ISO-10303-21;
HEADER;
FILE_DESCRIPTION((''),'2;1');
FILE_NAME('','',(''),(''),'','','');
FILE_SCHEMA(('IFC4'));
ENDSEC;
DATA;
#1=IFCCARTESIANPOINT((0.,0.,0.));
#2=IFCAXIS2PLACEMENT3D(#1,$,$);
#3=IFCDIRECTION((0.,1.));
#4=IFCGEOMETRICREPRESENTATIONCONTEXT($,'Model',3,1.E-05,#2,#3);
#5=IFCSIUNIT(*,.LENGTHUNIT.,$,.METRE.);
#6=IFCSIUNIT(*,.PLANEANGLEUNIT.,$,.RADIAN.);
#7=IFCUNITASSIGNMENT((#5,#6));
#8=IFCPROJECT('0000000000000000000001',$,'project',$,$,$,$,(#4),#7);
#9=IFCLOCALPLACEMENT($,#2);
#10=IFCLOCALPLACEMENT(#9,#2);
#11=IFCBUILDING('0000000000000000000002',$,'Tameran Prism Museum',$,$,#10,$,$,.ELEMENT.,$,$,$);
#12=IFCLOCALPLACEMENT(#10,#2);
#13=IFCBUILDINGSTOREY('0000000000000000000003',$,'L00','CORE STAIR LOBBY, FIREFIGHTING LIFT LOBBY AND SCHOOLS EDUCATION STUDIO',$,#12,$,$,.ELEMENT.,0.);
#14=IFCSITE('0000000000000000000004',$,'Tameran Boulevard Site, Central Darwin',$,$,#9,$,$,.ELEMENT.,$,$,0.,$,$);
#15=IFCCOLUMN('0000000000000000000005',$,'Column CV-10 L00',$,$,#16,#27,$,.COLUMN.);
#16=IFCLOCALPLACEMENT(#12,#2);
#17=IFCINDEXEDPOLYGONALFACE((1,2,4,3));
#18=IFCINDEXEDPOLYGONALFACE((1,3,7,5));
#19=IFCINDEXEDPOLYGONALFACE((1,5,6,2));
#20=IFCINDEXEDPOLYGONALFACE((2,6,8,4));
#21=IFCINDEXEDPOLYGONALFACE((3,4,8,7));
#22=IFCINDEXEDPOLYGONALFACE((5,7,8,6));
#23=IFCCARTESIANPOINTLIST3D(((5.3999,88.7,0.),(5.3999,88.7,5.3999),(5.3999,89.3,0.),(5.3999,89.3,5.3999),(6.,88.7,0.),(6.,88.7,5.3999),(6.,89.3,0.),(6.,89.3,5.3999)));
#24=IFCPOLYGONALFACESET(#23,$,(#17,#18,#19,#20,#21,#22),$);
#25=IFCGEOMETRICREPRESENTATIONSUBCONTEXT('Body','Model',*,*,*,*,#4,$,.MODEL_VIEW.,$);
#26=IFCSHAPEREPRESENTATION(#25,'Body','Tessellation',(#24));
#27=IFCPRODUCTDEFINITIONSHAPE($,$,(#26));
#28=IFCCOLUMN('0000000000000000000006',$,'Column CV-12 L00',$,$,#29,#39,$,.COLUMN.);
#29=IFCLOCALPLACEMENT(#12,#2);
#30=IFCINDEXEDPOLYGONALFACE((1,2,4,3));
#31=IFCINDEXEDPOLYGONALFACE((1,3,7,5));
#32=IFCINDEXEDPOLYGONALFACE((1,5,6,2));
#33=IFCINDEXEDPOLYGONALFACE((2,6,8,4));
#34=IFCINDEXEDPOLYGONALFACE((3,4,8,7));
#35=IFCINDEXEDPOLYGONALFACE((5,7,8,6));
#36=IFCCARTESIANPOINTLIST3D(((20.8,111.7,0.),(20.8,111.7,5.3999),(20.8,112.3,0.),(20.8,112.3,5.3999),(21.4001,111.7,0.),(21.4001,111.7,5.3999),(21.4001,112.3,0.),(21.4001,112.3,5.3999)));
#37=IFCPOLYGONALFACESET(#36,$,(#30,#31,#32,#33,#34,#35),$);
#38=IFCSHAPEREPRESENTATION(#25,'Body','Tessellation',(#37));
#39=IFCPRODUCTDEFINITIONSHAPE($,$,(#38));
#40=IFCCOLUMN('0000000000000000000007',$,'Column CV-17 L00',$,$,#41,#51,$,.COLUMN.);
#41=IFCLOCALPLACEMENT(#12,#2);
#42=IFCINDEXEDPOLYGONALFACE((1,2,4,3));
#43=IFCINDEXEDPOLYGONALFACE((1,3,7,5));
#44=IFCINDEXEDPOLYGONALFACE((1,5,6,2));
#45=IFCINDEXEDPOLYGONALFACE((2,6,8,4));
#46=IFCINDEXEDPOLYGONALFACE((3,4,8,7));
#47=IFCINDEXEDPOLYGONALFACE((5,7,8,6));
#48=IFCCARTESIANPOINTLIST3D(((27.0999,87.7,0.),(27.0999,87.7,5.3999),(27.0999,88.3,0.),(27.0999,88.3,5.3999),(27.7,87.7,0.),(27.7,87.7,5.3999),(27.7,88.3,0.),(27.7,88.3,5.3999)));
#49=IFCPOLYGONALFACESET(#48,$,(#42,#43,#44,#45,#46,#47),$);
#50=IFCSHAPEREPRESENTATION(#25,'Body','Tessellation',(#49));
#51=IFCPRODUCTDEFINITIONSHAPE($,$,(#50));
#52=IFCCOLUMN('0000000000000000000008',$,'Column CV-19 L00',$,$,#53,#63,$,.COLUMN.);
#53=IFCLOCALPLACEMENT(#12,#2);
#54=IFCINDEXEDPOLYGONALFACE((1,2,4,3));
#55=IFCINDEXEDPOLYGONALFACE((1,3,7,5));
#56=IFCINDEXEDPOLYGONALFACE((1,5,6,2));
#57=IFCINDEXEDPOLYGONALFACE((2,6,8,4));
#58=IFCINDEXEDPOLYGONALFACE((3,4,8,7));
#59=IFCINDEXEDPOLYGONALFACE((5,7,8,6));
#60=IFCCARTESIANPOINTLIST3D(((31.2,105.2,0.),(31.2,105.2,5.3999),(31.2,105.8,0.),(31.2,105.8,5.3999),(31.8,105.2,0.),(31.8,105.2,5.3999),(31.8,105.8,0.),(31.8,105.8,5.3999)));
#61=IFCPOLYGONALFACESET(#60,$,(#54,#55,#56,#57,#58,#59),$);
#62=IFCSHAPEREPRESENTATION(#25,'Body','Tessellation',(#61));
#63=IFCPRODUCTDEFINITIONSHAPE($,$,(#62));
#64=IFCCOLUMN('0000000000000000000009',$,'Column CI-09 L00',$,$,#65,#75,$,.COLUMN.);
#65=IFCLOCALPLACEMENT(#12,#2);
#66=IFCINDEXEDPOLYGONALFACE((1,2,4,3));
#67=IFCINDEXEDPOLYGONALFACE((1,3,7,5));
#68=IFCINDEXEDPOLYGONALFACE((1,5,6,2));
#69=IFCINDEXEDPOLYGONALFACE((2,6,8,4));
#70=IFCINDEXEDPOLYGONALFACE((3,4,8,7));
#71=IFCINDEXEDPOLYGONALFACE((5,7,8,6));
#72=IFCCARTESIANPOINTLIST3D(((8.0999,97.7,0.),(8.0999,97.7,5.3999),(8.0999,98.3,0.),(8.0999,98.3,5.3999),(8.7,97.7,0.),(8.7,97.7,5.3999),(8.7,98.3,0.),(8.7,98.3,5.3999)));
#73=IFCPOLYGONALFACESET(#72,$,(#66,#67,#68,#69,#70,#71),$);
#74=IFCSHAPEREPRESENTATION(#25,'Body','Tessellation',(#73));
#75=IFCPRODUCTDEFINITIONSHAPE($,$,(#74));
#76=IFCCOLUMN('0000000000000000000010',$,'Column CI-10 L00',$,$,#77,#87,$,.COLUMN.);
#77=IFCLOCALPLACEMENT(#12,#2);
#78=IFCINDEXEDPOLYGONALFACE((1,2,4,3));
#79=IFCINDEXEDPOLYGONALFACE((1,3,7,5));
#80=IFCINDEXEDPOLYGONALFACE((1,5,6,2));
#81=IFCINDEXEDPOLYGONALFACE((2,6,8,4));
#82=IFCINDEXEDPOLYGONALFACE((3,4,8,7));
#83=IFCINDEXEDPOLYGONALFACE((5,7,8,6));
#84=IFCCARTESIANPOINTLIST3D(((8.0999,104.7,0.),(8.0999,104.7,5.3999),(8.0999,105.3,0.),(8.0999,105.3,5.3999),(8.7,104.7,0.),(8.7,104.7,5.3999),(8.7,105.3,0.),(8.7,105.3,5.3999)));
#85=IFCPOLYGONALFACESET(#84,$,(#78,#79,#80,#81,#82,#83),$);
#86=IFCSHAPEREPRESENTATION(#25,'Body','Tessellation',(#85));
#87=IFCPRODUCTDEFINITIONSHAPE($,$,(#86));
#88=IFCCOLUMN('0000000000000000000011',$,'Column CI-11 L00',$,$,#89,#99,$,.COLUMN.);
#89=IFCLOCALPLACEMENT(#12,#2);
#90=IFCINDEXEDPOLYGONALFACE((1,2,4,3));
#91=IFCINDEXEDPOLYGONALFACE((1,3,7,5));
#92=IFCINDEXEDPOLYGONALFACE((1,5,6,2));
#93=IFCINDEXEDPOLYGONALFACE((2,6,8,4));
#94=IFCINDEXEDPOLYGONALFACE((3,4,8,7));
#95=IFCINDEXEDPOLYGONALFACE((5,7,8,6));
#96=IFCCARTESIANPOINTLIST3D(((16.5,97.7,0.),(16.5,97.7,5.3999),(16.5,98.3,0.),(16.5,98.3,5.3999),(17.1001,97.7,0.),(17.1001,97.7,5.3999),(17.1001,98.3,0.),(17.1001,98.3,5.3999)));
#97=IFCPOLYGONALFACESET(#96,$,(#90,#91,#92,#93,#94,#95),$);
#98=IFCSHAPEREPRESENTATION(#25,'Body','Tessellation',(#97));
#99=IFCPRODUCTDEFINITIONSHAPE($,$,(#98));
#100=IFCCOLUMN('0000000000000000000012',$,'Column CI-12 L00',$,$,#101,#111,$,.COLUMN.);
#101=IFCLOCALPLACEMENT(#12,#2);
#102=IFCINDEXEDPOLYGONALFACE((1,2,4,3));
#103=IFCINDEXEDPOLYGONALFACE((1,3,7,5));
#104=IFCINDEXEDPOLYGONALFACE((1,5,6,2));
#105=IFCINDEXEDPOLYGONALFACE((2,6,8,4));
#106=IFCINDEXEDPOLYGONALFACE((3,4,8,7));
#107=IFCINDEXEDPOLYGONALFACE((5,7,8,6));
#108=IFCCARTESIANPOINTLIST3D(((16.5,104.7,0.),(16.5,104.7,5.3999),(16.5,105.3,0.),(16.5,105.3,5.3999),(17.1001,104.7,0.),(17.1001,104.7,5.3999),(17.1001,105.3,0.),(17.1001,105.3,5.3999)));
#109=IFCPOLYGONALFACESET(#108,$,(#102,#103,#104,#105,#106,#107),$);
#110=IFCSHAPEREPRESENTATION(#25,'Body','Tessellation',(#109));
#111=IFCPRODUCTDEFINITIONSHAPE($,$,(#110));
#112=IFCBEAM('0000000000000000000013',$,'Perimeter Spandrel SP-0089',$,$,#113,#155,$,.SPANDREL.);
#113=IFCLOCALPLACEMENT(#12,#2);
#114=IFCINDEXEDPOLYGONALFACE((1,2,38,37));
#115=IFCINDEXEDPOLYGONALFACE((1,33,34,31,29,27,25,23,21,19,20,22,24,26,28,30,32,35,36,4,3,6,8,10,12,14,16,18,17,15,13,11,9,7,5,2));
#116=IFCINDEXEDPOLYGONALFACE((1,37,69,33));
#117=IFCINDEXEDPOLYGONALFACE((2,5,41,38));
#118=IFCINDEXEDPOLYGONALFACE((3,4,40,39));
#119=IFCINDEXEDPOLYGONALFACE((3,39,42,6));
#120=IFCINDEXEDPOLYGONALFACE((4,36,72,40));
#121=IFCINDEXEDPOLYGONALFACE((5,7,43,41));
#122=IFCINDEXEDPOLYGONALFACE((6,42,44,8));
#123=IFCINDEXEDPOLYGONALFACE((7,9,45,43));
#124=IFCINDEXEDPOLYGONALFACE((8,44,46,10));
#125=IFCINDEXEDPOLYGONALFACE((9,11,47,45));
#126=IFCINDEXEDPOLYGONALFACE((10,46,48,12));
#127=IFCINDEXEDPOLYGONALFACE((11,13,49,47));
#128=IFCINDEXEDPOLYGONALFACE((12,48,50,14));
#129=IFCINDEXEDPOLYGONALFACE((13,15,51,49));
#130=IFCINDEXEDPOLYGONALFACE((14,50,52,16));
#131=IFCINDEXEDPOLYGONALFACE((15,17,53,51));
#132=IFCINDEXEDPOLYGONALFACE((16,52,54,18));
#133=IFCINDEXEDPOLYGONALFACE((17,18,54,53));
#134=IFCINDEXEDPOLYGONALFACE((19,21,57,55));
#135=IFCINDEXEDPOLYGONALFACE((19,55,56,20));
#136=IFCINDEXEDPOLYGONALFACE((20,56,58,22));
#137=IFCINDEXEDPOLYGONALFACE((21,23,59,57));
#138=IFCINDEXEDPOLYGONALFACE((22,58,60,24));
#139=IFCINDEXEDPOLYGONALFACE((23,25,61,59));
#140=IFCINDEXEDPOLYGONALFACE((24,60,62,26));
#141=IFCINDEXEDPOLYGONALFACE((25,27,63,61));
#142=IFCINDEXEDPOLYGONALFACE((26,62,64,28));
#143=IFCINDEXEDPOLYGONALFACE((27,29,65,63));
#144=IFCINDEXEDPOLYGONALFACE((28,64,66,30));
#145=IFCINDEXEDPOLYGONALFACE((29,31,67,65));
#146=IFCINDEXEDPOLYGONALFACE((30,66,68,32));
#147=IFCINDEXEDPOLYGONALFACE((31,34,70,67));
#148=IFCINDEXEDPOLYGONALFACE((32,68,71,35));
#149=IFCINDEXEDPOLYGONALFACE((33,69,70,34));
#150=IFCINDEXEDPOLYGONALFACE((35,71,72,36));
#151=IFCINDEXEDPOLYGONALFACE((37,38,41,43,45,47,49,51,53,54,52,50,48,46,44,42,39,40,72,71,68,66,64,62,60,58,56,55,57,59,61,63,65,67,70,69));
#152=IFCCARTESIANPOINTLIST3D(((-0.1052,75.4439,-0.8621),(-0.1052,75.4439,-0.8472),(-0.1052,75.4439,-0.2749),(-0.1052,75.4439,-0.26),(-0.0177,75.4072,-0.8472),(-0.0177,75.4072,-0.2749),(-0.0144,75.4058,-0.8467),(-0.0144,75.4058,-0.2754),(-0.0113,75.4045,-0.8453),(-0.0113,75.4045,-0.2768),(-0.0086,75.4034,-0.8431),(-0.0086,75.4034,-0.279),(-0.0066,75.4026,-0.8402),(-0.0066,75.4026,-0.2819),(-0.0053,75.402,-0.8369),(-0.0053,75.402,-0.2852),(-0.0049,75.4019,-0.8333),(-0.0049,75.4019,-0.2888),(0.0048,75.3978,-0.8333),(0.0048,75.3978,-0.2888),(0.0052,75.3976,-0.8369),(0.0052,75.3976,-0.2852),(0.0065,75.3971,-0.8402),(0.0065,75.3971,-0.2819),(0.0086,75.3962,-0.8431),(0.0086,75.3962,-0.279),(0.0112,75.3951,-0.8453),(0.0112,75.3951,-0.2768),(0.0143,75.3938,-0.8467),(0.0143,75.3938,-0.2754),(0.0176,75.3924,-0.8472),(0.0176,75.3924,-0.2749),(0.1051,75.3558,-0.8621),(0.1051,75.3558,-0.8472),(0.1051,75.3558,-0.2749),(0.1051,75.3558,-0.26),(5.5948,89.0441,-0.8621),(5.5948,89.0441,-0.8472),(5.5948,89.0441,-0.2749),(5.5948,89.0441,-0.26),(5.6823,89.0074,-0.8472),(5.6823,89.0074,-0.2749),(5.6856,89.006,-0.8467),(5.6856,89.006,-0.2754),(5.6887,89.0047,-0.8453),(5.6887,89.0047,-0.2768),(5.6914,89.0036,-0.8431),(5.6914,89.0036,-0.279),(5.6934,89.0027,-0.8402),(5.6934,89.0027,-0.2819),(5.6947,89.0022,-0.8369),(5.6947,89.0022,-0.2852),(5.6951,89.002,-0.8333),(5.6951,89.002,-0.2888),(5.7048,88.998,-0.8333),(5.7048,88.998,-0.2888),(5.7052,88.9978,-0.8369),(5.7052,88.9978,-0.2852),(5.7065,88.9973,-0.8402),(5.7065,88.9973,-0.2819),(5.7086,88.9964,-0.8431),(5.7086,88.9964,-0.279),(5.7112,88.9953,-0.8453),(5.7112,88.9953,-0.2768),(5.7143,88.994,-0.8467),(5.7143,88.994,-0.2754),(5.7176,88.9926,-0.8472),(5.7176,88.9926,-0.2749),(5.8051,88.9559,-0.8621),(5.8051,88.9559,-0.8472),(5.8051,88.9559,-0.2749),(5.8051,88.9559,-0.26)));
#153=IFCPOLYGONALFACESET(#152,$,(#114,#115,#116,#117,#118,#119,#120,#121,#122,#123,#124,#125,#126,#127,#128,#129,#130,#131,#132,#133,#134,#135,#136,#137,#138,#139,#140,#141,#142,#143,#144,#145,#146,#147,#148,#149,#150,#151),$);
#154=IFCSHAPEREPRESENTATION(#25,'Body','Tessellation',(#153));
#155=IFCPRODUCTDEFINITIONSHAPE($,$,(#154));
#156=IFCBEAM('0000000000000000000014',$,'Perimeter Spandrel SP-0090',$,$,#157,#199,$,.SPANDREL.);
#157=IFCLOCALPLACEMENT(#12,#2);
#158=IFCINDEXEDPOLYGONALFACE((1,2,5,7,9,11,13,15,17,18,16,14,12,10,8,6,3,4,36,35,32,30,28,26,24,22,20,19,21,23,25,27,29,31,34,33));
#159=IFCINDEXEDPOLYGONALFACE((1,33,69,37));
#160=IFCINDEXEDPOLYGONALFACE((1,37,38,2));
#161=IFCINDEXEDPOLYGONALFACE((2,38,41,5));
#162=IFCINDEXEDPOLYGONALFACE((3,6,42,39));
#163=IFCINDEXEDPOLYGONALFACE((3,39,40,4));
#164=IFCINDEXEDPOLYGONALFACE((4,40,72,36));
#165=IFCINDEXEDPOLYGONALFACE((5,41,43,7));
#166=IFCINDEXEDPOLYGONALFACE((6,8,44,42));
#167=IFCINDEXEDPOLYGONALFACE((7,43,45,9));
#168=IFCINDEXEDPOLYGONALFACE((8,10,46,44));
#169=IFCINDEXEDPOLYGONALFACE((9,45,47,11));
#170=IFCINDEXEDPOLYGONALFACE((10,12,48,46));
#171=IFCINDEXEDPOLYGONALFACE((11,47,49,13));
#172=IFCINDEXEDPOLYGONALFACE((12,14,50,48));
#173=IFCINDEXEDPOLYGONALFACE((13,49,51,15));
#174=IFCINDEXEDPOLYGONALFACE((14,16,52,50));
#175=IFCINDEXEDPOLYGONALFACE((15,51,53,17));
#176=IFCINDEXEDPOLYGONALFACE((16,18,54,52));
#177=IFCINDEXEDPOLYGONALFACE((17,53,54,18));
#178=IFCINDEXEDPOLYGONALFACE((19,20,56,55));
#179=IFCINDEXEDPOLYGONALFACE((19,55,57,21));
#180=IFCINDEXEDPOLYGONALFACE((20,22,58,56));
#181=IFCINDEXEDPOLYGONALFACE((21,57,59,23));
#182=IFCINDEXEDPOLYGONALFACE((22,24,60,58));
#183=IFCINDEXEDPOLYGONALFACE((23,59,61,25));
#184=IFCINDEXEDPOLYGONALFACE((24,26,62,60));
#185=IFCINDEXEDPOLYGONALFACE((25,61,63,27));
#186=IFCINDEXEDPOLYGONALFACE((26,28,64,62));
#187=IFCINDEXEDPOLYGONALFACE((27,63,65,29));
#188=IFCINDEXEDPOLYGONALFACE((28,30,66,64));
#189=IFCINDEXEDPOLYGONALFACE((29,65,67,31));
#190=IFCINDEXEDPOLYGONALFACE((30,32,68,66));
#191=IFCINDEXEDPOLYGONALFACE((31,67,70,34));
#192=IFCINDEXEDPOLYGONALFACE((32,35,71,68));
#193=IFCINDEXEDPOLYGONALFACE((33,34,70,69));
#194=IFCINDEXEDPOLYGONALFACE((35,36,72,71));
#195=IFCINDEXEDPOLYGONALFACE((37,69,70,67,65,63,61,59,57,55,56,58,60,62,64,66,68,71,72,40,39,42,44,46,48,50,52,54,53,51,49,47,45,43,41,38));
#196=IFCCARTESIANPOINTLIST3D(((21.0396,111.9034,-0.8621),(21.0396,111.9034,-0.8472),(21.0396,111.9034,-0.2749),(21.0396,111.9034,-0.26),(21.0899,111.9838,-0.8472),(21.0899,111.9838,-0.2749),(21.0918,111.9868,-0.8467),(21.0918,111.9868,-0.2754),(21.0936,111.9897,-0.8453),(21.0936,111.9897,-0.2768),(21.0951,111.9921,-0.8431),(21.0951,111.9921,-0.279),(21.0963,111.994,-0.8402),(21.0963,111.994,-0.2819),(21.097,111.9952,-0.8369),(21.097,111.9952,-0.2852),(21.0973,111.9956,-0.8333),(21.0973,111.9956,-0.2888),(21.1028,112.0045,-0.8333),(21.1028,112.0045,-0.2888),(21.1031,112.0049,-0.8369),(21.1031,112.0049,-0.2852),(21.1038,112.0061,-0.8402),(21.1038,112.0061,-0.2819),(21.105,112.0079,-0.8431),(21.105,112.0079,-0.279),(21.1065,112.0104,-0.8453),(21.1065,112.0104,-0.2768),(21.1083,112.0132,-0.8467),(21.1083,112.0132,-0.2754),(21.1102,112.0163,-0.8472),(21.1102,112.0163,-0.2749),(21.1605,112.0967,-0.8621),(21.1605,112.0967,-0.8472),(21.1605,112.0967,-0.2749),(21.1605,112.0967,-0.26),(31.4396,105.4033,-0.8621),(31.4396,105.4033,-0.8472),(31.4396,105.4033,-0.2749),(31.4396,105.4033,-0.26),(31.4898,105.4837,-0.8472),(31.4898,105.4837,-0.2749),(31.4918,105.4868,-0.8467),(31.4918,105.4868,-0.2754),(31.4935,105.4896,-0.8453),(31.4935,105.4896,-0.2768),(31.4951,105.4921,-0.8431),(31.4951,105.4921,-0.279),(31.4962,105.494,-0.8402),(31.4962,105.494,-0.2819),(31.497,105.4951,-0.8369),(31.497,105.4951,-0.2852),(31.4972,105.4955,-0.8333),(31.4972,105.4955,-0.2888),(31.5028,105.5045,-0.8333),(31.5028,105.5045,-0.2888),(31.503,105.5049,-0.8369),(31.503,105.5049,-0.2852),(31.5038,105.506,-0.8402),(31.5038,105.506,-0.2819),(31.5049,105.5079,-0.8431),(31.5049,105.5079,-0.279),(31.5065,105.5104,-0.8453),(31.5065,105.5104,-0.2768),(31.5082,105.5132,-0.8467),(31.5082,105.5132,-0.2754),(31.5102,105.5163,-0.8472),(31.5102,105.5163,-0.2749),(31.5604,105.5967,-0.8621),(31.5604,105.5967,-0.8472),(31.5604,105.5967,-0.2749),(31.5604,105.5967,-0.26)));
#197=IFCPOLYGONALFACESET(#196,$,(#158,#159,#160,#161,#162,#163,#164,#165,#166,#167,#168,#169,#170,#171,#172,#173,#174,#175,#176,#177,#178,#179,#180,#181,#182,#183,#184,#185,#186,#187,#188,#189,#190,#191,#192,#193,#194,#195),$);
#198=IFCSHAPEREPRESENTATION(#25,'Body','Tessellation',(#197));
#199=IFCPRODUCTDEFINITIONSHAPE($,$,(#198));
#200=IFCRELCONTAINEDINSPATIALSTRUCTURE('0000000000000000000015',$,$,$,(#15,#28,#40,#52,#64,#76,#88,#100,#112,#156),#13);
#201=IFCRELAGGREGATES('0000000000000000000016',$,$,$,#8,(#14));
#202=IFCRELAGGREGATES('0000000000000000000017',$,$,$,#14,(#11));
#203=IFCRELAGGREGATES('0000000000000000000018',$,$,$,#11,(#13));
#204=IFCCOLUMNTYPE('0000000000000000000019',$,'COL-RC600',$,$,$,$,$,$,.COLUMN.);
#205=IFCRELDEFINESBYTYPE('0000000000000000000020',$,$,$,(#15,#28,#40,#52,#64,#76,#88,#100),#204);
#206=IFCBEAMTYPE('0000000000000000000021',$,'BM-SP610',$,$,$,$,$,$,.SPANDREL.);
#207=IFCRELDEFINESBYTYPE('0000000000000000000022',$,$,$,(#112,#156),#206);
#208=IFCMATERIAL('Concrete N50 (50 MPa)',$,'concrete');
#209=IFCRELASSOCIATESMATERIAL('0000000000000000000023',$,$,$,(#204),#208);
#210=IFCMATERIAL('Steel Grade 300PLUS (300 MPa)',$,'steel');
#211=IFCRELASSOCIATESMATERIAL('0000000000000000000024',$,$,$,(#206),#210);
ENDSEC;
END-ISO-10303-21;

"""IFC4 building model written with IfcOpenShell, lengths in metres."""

from ifc_helpers import new_model, si_unit, direction, frame, origin, origin_2d, place, context, subcontext, project, spatial, rectangle, i_section, extrude, material, material_profile, profile_set, type_object, element, save


model = new_model("IFC4")

# Units and contexts
model_context = context("Model", 3, precision=1e-05, world=origin(), true_north=direction((0.0, 1.0)))
body_context = subcontext(model_context, "Body", "Model", "MODEL_VIEW")
ifc_project = project(units=[si_unit("LENGTHUNIT", "METRE"), si_unit("PLANEANGLEUNIT", "RADIAN")], contexts=[model_context])

# Site, building, storey
site_placement = place(None, origin())
site = spatial("IfcSite", under=ifc_project, at=site_placement, Name="Tameran Boulevard Site, Central Darwin", CompositionType="ELEMENT", RefElevation=0.0)
building_placement = place(site_placement, origin())
building = spatial("IfcBuilding", under=site, at=building_placement, Name="Tameran Prism Museum", CompositionType="ELEMENT")
storey_placement = place(building_placement, origin())
storey = spatial("IfcBuildingStorey", under=building, at=storey_placement, Name="L00", Description="CORE STAIR LOBBY, FIREFIGHTING LIFT LOBBY AND SCHOOLS EDUCATION STUDIO", CompositionType="ELEMENT", Elevation=0.0)

# Columns
ifc_material_1 = material(Name="Concrete N50 (50 MPa)", Category="concrete")
ifc_material_profile_1 = material_profile(ifc_material_1, rectangle(XDim=0.6001, YDim=0.6001, at=origin_2d()))
ifc_profile_set_1 = profile_set([ifc_material_profile_1])
column_type = type_object("IfcColumnType", Name="COL-RC600", PredefinedType="COLUMN", material=ifc_profile_set_1)
for number, where, z_axis, x_axis, name in (
    (1, (5.7, 89.0, 0.0), (0.0, 0.0, 1.0), (1.0, 0.0, 0.0), "Column CV-10 L00"),
    (2, (21.1001, 112.0, 0.0), (0.0, 0.0, 1.0), (1.0, 0.0, 0.0), "Column CV-12 L00"),
    (3, (27.3999, 88.0, 0.0), (0.0, 0.0, 1.0), (1.0, 0.0, 0.0), "Column CV-17 L00"),
    (4, (31.5, 105.5, 0.0), (0.0, 0.0, 1.0), (1.0, 0.0, 0.0), "Column CV-19 L00"),
    (5, (8.3999, 98.0, 0.0), (0.0, 0.0, 1.0), (1.0, 0.0, 0.0), "Column CI-09 L00"),
    (6, (8.3999, 105.0, 0.0), (0.0, 0.0, 1.0), (1.0, 0.0, 0.0), "Column CI-10 L00"),
    (7, (16.8, 98.0, 0.0), (0.0, 0.0, 1.0), (1.0, 0.0, 0.0), "Column CI-11 L00"),
    (8, (16.8, 105.0, 0.0), (0.0, 0.0, 1.0), (1.0, 0.0, 0.0), "Column CI-12 L00"),
):
    element("IfcColumn", number, at=place(storey_placement, frame(where, z_axis=z_axis, x_axis=x_axis)), inside=storey, type_object=column_type, Name=name, PredefinedType="COLUMN", context=body_context, shape_type="SweptSolid", body=[
        extrude(rectangle(XDim=0.6001, YDim=0.6001, at=origin_2d()), origin(), (0.0, 0.0, 1.0), 5.3999),
    ])

# Beams
ifc_material_2 = material(Name="Steel Grade 300PLUS (300 MPa)", Category="steel")
ifc_material_profile_2 = material_profile(ifc_material_2, i_section(OverallWidth=0.228, OverallDepth=0.6021, WebThickness=0.0105, FlangeThickness=0.0149, FilletRadius=0.0139, at=origin_2d()))
ifc_profile_set_2 = profile_set([ifc_material_profile_2])
beam_type_1 = type_object("IfcBeamType", Name="BM-SP610", PredefinedType="SPANDREL", material=ifc_profile_set_2)
beam_1_placement = place(storey_placement, frame((5.7, 89.0, -0.561), z_axis=(-0.386535, -0.922275, 0.0), x_axis=(0.922275, -0.386535, 0.0)))
element("IfcBeam", 9, at=beam_1_placement, inside=storey, type_object=beam_type_1, Name="Perimeter Spandrel SP-0089", PredefinedType="SPANDREL", context=body_context, shape_type="SweptSolid", body=[
    extrude(i_section(OverallWidth=0.228, OverallDepth=0.6021, WebThickness=0.0105, FlangeThickness=0.0149, FilletRadius=0.0139, at=origin_2d()), origin(), (0.0, 0.0, 1.0), 14.7463),
])
beam_2_placement = place(storey_placement, frame((31.5, 105.5, -0.561), z_axis=(-0.847996, 0.530003, 0.0), x_axis=(-0.530003, -0.847996, 0.0)))
element("IfcBeam", 10, at=beam_2_placement, inside=storey, type_object=beam_type_1, Name="Perimeter Spandrel SP-0090", PredefinedType="SPANDREL", context=body_context, shape_type="SweptSolid", body=[
    extrude(i_section(OverallWidth=0.228, OverallDepth=0.6021, WebThickness=0.0105, FlangeThickness=0.0149, FilletRadius=0.0139, at=origin_2d()), origin(), (0.0, 0.0, 1.0), 12.2642),
])

save(model, "model.ifc")
